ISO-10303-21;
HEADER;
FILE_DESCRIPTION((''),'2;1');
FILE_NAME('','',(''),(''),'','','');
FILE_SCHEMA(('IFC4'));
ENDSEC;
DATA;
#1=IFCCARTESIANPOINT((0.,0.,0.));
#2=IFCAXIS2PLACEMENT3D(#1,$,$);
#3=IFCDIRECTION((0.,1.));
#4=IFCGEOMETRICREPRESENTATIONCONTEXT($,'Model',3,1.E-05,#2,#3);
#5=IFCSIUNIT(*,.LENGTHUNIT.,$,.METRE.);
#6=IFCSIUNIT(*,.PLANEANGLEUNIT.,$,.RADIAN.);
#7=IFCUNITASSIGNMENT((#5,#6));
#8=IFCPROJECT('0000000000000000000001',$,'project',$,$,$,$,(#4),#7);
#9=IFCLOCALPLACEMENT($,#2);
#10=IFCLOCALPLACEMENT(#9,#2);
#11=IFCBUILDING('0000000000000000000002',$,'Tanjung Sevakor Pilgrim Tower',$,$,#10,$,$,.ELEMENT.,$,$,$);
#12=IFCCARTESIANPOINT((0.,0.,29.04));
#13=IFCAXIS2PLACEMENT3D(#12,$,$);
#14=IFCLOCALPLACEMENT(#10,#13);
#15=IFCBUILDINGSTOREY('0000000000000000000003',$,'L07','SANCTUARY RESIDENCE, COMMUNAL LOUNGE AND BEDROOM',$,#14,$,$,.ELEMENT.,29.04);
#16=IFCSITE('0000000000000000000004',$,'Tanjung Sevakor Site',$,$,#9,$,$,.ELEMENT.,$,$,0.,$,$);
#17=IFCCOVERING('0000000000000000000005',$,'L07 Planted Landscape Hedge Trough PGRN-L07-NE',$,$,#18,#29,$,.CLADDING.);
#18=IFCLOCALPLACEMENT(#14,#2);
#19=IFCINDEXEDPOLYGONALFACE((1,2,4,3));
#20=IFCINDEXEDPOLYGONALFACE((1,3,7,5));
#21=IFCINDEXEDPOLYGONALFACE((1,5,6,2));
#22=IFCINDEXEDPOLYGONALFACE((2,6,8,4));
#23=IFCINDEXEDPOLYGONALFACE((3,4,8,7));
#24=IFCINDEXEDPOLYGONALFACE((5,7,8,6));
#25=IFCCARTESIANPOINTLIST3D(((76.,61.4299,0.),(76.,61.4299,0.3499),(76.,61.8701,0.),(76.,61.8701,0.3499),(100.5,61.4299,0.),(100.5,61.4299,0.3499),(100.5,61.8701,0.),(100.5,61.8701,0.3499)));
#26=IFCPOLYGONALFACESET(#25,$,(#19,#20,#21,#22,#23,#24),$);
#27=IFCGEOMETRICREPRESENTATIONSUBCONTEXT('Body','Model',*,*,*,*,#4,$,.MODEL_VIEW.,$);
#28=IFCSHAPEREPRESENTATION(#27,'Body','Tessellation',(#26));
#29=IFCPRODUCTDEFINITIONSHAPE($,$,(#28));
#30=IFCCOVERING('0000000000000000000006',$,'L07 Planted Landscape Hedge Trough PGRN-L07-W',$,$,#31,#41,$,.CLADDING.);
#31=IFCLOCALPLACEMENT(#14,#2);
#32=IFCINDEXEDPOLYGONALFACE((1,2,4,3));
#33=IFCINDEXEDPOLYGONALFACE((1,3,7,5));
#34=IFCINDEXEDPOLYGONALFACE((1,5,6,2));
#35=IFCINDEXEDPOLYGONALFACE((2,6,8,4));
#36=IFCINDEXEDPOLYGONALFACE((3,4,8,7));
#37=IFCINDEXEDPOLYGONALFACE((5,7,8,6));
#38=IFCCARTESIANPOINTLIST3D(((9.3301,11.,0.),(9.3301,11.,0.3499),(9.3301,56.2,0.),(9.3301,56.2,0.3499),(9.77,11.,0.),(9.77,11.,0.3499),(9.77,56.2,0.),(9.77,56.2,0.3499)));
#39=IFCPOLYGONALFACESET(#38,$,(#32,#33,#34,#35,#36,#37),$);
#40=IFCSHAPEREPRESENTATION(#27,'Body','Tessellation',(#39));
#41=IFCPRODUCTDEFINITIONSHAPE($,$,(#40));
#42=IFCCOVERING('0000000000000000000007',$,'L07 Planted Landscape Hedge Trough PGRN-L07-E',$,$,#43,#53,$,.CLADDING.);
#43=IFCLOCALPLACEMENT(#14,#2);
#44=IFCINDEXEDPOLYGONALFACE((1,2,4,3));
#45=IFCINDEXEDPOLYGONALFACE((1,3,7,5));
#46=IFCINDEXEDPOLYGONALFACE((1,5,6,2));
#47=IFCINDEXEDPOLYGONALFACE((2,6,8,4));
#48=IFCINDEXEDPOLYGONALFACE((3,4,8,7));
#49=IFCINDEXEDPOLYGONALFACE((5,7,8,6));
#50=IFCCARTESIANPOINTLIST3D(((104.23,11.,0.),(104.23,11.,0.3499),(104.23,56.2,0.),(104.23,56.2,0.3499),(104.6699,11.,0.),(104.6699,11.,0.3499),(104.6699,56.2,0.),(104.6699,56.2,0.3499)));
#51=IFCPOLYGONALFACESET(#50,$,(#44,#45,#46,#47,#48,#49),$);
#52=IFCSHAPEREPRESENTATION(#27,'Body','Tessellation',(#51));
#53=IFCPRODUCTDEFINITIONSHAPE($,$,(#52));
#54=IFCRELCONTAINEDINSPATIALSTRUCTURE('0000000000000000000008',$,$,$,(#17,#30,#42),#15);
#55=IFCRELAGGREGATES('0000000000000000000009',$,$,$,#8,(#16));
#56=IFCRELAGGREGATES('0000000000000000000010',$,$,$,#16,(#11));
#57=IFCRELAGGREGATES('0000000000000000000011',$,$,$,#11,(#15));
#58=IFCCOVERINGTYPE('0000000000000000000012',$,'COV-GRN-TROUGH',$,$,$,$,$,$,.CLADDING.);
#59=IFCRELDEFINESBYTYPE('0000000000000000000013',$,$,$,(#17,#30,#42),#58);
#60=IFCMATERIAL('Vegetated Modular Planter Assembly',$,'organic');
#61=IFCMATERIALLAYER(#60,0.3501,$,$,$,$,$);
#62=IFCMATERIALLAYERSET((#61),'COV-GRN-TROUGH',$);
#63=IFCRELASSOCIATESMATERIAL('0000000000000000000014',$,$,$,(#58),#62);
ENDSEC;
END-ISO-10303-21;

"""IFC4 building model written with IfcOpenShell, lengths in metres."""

from ifc_helpers import new_model, si_unit, direction, frame, origin, place, context, subcontext, project, spatial, polyline, outline, extrude, material, layer, layer_set, type_object, element, save


model = new_model("IFC4")

# Units and contexts
model_context = context("Model", 3, precision=1e-05, world=origin(), true_north=direction((0.0, 1.0)))
body_context = subcontext(model_context, "Body", "Model", "MODEL_VIEW")
ifc_project = project(units=[si_unit("LENGTHUNIT", "METRE"), si_unit("PLANEANGLEUNIT", "RADIAN")], contexts=[model_context])

# Site, building, storey
site_placement = place(None, origin())
site = spatial("IfcSite", under=ifc_project, at=site_placement, Name="Tanjung Sevakor Site", CompositionType="ELEMENT", RefElevation=0.0)
building_placement = place(site_placement, origin())
building = spatial("IfcBuilding", under=site, at=building_placement, Name="Tanjung Sevakor Pilgrim Tower", CompositionType="ELEMENT")
storey_placement = place(building_placement, frame((0.0, 0.0, 29.04)))
storey = spatial("IfcBuildingStorey", under=building, at=storey_placement, Name="L07", Description="SANCTUARY RESIDENCE, COMMUNAL LOUNGE AND BEDROOM", CompositionType="ELEMENT", Elevation=29.04)

# Coverings
ifc_material_1 = material(Name="Vegetated Modular Planter Assembly", Category="organic")
ifc_layer_1 = layer(ifc_material_1, 0.3501)
ifc_layer_set_1 = layer_set([ifc_layer_1], Name="COV-GRN-TROUGH")
covering_type_1 = type_object("IfcCoveringType", Name="COV-GRN-TROUGH", PredefinedType="CLADDING", material=ifc_layer_set_1)
covering_1_placement = place(storey_placement, origin())
element("IfcCovering", 1, at=covering_1_placement, inside=storey, type_object=covering_type_1, Name="L07 Planted Landscape Hedge Trough PGRN-L07-NE", PredefinedType="CLADDING", context=body_context, shape_type="SweptSolid", body=[
    extrude(outline(polyline([(76.0, 61.4299), (100.5, 61.4299), (100.5, 61.8701), (76.0, 61.8701), (76.0, 61.4299)])), origin(), (0.0, 0.0, 1.0), 0.3499),
])
covering_2_placement = place(storey_placement, origin())
element("IfcCovering", 2, at=covering_2_placement, inside=storey, type_object=covering_type_1, Name="L07 Planted Landscape Hedge Trough PGRN-L07-W", PredefinedType="CLADDING", context=body_context, shape_type="SweptSolid", body=[
    extrude(outline(polyline([(9.77, 11.0), (9.77, 56.2), (9.3301, 56.2), (9.3301, 11.0), (9.77, 11.0)])), origin(), (0.0, 0.0, 1.0), 0.3499),
])
covering_3_placement = place(storey_placement, origin())
element("IfcCovering", 3, at=covering_3_placement, inside=storey, type_object=covering_type_1, Name="L07 Planted Landscape Hedge Trough PGRN-L07-E", PredefinedType="CLADDING", context=body_context, shape_type="SweptSolid", body=[
    extrude(outline(polyline([(104.6699, 11.0), (104.6699, 56.2), (104.23, 56.2), (104.23, 11.0), (104.6699, 11.0)])), origin(), (0.0, 0.0, 1.0), 0.3499),
])

save(model, "model.ifc")
